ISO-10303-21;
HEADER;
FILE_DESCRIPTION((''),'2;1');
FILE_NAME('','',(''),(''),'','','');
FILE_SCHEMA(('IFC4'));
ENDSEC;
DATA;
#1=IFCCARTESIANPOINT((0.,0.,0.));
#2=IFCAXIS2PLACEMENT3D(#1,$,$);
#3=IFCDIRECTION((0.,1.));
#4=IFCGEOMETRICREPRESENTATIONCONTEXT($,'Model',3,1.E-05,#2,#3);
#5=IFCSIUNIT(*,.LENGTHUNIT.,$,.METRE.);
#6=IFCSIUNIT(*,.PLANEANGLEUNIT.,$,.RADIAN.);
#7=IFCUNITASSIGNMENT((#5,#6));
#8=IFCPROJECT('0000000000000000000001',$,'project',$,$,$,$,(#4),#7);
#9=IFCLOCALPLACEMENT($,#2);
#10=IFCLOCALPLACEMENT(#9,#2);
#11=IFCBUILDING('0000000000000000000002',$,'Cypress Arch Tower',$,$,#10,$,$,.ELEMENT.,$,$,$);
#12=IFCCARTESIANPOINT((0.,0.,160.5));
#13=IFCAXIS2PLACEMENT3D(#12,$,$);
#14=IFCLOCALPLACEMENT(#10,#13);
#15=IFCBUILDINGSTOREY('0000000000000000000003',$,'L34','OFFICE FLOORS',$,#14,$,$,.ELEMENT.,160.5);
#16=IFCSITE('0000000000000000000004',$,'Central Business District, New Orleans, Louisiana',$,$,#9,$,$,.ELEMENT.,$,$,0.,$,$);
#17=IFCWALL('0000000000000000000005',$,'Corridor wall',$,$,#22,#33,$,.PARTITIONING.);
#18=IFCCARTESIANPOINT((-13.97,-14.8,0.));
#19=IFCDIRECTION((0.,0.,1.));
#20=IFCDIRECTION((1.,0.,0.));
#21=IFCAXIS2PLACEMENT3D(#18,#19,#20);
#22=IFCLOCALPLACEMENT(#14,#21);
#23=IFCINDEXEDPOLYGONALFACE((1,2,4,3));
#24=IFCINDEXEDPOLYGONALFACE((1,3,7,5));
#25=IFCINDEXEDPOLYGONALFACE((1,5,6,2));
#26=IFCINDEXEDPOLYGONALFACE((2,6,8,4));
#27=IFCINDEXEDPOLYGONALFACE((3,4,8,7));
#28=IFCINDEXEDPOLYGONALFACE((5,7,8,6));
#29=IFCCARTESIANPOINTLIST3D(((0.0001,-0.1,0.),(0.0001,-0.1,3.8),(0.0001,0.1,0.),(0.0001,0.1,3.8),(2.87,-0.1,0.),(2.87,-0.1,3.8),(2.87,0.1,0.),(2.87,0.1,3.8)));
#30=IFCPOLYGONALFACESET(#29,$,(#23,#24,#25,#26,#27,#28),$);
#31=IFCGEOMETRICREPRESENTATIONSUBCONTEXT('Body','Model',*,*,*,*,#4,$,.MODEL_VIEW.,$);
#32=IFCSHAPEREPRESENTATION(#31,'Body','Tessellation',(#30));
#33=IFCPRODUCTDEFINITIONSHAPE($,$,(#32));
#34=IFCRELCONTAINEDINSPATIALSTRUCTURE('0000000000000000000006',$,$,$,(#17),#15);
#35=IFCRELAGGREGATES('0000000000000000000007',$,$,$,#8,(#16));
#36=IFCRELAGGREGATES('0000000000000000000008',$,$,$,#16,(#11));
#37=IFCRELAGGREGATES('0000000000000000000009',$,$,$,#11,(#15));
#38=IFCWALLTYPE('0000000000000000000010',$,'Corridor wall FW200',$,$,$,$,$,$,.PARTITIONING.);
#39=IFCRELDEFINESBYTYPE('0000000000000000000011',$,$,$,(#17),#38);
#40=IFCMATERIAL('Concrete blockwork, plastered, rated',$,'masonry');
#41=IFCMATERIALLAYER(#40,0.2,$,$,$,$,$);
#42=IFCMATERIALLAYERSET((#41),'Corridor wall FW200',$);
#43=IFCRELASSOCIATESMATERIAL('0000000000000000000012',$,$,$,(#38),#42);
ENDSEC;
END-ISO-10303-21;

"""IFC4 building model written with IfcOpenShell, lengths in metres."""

from ifc_helpers import new_model, si_unit, direction, frame, frame_2d, origin, place, context, subcontext, project, spatial, rectangle, extrude, material, layer, layer_set, type_object, element, save


model = new_model("IFC4")

# Units and contexts
model_context = context("Model", 3, precision=1e-05, world=origin(), true_north=direction((0.0, 1.0)))
body_context = subcontext(model_context, "Body", "Model", "MODEL_VIEW")
ifc_project = project(units=[si_unit("LENGTHUNIT", "METRE"), si_unit("PLANEANGLEUNIT", "RADIAN")], contexts=[model_context])

# Site, building, storey
site_placement = place(None, origin())
site = spatial("IfcSite", under=ifc_project, at=site_placement, Name="Central Business District, New Orleans, Louisiana", CompositionType="ELEMENT", RefElevation=0.0)
building_placement = place(site_placement, origin())
building = spatial("IfcBuilding", under=site, at=building_placement, Name="Cypress Arch Tower", CompositionType="ELEMENT")
storey_placement = place(building_placement, frame((0.0, 0.0, 160.5)))
storey = spatial("IfcBuildingStorey", under=building, at=storey_placement, Name="L34", Description="OFFICE FLOORS", CompositionType="ELEMENT", Elevation=160.5)

# Wall
ifc_material_1 = material(Name="Concrete blockwork, plastered, rated", Category="masonry")
ifc_layer_1 = layer(ifc_material_1, 0.2)
ifc_layer_set_1 = layer_set([ifc_layer_1], Name="Corridor wall FW200")
wall_type_1 = type_object("IfcWallType", Name="Corridor wall FW200", PredefinedType="PARTITIONING", material=ifc_layer_set_1)
wall_1_placement = place(storey_placement, frame((-13.97, -14.8, 0.0), z_axis=(0.0, 0.0, 1.0), x_axis=(1.0, 0.0, 0.0)))
element("IfcWall", 1, at=wall_1_placement, inside=storey, type_object=wall_type_1, Name="Corridor wall", PredefinedType="PARTITIONING", context=body_context, shape_type="SweptSolid", body=[
    extrude(rectangle(XDim=2.8699, YDim=0.2, at=frame_2d((1.4351, 0.0))), origin(), (0.0, 0.0, 1.0), 3.8),
])

save(model, "model.ifc")
